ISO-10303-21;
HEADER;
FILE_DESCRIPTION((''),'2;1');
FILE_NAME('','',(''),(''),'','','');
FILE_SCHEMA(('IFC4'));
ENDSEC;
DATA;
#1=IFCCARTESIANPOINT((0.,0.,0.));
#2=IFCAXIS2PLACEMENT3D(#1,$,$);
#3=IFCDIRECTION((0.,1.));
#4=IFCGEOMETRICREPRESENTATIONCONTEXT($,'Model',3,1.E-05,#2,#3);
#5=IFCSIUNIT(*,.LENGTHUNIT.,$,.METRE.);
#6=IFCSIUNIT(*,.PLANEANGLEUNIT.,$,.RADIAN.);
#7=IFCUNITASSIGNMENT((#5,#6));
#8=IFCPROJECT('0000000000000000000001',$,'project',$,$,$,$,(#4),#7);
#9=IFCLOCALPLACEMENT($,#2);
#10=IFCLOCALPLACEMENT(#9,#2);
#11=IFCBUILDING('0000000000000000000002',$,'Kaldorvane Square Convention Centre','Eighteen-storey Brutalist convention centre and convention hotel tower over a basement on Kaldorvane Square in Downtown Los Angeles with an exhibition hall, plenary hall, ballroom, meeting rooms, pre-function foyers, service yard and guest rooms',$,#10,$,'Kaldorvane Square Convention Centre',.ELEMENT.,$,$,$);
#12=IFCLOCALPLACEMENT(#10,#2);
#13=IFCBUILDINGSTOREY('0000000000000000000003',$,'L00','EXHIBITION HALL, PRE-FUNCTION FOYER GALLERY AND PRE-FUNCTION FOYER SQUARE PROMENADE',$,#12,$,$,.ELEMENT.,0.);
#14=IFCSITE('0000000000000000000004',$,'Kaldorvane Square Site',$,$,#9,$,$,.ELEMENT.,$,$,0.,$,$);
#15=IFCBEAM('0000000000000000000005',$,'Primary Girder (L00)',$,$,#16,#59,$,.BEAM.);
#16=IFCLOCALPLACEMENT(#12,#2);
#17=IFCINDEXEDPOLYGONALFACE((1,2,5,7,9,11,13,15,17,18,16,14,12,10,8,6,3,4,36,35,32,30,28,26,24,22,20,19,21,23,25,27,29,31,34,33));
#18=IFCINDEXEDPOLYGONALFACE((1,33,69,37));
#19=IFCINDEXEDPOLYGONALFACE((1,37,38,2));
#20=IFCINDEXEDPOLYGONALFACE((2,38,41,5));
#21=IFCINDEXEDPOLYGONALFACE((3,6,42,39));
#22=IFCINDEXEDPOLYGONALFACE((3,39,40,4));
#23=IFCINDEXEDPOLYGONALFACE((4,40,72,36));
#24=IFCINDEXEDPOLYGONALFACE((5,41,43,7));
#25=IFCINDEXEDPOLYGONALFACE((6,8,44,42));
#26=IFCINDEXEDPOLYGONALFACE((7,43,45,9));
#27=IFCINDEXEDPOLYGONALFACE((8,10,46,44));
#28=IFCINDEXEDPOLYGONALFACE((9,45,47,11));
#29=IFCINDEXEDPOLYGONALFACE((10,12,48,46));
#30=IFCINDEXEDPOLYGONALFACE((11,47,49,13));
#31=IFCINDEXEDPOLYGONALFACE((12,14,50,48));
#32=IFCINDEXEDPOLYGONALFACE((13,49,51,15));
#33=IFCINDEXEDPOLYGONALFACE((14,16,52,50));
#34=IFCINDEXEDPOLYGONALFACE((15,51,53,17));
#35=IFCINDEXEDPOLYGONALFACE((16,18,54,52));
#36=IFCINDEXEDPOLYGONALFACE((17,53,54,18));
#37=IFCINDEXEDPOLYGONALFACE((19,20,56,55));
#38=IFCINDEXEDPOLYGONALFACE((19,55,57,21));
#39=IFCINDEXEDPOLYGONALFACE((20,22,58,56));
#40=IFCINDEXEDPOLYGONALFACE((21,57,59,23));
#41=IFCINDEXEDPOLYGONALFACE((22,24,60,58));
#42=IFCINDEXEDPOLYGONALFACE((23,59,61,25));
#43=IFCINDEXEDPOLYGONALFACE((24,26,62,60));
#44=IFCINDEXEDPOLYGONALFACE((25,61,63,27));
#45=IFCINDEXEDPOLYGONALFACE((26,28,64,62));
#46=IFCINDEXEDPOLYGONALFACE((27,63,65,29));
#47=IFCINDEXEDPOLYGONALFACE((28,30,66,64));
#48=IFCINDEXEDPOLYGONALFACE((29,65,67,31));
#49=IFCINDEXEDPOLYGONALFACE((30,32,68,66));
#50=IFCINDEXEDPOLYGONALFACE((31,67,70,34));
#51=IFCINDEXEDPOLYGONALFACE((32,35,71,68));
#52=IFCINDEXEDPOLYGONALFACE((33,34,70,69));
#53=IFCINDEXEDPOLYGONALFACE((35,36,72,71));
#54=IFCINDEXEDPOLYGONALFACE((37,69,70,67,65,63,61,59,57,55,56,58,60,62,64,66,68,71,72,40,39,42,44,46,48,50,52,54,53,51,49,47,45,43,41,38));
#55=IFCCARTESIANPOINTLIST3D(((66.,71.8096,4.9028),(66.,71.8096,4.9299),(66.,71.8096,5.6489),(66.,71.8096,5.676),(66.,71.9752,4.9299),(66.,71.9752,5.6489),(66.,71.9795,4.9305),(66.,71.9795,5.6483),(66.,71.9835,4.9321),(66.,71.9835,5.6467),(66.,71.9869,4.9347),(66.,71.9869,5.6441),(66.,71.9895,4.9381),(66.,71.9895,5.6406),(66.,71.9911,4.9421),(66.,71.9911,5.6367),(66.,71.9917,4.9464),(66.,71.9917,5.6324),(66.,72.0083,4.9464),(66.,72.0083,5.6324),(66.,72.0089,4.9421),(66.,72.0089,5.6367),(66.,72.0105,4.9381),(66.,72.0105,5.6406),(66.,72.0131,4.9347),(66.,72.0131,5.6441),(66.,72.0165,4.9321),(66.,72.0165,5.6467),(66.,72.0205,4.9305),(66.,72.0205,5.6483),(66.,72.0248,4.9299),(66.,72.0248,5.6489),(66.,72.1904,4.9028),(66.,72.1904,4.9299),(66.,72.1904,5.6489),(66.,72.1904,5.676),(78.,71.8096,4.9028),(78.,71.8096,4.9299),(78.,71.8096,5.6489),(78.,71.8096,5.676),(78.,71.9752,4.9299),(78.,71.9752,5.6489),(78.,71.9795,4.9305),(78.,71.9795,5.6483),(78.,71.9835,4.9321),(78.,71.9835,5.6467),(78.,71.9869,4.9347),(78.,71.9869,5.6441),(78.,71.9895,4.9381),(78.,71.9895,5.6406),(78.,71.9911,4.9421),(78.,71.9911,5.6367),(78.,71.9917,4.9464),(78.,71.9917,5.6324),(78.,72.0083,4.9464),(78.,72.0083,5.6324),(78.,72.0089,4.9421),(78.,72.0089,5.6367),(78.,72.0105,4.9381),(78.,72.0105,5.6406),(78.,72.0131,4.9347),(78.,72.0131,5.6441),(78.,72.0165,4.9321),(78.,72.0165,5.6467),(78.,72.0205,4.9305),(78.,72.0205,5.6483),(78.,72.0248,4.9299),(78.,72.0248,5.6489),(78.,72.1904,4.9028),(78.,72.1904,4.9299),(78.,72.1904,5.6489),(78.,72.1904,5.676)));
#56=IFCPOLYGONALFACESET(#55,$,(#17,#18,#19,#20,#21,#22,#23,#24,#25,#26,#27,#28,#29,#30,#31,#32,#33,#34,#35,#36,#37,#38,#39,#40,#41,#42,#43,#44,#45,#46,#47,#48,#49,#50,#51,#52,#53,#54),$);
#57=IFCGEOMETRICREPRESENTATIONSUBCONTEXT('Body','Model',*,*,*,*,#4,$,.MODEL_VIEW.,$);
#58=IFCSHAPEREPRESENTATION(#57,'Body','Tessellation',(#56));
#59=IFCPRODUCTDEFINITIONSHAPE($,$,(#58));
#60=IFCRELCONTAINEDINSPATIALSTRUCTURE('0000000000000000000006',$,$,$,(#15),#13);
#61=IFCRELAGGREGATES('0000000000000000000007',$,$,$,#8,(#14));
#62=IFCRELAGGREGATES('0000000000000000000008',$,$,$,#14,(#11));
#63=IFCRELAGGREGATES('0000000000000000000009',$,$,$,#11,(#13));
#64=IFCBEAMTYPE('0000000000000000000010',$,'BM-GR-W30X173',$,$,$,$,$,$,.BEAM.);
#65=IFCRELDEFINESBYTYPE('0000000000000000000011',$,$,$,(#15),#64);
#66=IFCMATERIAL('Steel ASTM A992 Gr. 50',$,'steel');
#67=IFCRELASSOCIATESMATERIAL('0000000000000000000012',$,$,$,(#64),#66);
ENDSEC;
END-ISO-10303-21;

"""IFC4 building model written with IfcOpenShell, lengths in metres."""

from ifc_helpers import new_model, si_unit, direction, frame, origin, origin_2d, place, context, subcontext, project, spatial, i_section, extrude, material, material_profile, profile_set, type_object, element, save


model = new_model("IFC4")

# Units and contexts
model_context = context("Model", 3, precision=1e-05, world=origin(), true_north=direction((0.0, 1.0)))
body_context = subcontext(model_context, "Body", "Model", "MODEL_VIEW")
ifc_project = project(units=[si_unit("LENGTHUNIT", "METRE"), si_unit("PLANEANGLEUNIT", "RADIAN")], contexts=[model_context])

# Site, building, storey
site_placement = place(None, origin())
site = spatial("IfcSite", under=ifc_project, at=site_placement, Name="Kaldorvane Square Site", CompositionType="ELEMENT", RefElevation=0.0)
building_placement = place(site_placement, origin())
building = spatial("IfcBuilding", under=site, at=building_placement, Name="Kaldorvane Square Convention Centre", Description="Eighteen-storey Brutalist convention centre and convention hotel tower over a basement on Kaldorvane Square in Downtown Los Angeles with an exhibition hall, plenary hall, ballroom, meeting rooms, pre-function foyers, service yard and guest rooms", LongName="Kaldorvane Square Convention Centre", CompositionType="ELEMENT")
storey_placement = place(building_placement, origin())
storey = spatial("IfcBuildingStorey", under=building, at=storey_placement, Name="L00", Description="EXHIBITION HALL, PRE-FUNCTION FOYER GALLERY AND PRE-FUNCTION FOYER SQUARE PROMENADE", CompositionType="ELEMENT", Elevation=0.0)

# Beam
ifc_material_1 = material(Name="Steel ASTM A992 Gr. 50", Category="steel")
ifc_material_profile_1 = material_profile(ifc_material_1, i_section(OverallWidth=0.3807, OverallDepth=0.7732, WebThickness=0.0166, FlangeThickness=0.0271, FilletRadius=0.0165, at=origin_2d()), Name="W30X173")
ifc_profile_set_1 = profile_set([ifc_material_profile_1], Name="Steel ASTM A992 Gr. 50")
beam_type_1 = type_object("IfcBeamType", Name="BM-GR-W30X173", PredefinedType="BEAM", material=ifc_profile_set_1)
for number, where, z_axis, x_axis, name in (
    (1, (66.0, 72.0, 5.2894), (1.0, 0.0, 0.0), (0.0, 1.0, 0.0), "Primary Girder (L00)"),
):
    element("IfcBeam", number, at=place(storey_placement, frame(where, z_axis=z_axis, x_axis=x_axis)), inside=storey, type_object=beam_type_1, Name=name, PredefinedType="BEAM", context=body_context, shape_type="SweptSolid", body=[
        extrude(i_section(OverallWidth=0.3807, OverallDepth=0.7732, WebThickness=0.0166, FlangeThickness=0.0271, FilletRadius=0.0165, at=origin_2d()), origin(), (0.0, 0.0, 1.0), 12.0),
    ])

save(model, "model.ifc")
